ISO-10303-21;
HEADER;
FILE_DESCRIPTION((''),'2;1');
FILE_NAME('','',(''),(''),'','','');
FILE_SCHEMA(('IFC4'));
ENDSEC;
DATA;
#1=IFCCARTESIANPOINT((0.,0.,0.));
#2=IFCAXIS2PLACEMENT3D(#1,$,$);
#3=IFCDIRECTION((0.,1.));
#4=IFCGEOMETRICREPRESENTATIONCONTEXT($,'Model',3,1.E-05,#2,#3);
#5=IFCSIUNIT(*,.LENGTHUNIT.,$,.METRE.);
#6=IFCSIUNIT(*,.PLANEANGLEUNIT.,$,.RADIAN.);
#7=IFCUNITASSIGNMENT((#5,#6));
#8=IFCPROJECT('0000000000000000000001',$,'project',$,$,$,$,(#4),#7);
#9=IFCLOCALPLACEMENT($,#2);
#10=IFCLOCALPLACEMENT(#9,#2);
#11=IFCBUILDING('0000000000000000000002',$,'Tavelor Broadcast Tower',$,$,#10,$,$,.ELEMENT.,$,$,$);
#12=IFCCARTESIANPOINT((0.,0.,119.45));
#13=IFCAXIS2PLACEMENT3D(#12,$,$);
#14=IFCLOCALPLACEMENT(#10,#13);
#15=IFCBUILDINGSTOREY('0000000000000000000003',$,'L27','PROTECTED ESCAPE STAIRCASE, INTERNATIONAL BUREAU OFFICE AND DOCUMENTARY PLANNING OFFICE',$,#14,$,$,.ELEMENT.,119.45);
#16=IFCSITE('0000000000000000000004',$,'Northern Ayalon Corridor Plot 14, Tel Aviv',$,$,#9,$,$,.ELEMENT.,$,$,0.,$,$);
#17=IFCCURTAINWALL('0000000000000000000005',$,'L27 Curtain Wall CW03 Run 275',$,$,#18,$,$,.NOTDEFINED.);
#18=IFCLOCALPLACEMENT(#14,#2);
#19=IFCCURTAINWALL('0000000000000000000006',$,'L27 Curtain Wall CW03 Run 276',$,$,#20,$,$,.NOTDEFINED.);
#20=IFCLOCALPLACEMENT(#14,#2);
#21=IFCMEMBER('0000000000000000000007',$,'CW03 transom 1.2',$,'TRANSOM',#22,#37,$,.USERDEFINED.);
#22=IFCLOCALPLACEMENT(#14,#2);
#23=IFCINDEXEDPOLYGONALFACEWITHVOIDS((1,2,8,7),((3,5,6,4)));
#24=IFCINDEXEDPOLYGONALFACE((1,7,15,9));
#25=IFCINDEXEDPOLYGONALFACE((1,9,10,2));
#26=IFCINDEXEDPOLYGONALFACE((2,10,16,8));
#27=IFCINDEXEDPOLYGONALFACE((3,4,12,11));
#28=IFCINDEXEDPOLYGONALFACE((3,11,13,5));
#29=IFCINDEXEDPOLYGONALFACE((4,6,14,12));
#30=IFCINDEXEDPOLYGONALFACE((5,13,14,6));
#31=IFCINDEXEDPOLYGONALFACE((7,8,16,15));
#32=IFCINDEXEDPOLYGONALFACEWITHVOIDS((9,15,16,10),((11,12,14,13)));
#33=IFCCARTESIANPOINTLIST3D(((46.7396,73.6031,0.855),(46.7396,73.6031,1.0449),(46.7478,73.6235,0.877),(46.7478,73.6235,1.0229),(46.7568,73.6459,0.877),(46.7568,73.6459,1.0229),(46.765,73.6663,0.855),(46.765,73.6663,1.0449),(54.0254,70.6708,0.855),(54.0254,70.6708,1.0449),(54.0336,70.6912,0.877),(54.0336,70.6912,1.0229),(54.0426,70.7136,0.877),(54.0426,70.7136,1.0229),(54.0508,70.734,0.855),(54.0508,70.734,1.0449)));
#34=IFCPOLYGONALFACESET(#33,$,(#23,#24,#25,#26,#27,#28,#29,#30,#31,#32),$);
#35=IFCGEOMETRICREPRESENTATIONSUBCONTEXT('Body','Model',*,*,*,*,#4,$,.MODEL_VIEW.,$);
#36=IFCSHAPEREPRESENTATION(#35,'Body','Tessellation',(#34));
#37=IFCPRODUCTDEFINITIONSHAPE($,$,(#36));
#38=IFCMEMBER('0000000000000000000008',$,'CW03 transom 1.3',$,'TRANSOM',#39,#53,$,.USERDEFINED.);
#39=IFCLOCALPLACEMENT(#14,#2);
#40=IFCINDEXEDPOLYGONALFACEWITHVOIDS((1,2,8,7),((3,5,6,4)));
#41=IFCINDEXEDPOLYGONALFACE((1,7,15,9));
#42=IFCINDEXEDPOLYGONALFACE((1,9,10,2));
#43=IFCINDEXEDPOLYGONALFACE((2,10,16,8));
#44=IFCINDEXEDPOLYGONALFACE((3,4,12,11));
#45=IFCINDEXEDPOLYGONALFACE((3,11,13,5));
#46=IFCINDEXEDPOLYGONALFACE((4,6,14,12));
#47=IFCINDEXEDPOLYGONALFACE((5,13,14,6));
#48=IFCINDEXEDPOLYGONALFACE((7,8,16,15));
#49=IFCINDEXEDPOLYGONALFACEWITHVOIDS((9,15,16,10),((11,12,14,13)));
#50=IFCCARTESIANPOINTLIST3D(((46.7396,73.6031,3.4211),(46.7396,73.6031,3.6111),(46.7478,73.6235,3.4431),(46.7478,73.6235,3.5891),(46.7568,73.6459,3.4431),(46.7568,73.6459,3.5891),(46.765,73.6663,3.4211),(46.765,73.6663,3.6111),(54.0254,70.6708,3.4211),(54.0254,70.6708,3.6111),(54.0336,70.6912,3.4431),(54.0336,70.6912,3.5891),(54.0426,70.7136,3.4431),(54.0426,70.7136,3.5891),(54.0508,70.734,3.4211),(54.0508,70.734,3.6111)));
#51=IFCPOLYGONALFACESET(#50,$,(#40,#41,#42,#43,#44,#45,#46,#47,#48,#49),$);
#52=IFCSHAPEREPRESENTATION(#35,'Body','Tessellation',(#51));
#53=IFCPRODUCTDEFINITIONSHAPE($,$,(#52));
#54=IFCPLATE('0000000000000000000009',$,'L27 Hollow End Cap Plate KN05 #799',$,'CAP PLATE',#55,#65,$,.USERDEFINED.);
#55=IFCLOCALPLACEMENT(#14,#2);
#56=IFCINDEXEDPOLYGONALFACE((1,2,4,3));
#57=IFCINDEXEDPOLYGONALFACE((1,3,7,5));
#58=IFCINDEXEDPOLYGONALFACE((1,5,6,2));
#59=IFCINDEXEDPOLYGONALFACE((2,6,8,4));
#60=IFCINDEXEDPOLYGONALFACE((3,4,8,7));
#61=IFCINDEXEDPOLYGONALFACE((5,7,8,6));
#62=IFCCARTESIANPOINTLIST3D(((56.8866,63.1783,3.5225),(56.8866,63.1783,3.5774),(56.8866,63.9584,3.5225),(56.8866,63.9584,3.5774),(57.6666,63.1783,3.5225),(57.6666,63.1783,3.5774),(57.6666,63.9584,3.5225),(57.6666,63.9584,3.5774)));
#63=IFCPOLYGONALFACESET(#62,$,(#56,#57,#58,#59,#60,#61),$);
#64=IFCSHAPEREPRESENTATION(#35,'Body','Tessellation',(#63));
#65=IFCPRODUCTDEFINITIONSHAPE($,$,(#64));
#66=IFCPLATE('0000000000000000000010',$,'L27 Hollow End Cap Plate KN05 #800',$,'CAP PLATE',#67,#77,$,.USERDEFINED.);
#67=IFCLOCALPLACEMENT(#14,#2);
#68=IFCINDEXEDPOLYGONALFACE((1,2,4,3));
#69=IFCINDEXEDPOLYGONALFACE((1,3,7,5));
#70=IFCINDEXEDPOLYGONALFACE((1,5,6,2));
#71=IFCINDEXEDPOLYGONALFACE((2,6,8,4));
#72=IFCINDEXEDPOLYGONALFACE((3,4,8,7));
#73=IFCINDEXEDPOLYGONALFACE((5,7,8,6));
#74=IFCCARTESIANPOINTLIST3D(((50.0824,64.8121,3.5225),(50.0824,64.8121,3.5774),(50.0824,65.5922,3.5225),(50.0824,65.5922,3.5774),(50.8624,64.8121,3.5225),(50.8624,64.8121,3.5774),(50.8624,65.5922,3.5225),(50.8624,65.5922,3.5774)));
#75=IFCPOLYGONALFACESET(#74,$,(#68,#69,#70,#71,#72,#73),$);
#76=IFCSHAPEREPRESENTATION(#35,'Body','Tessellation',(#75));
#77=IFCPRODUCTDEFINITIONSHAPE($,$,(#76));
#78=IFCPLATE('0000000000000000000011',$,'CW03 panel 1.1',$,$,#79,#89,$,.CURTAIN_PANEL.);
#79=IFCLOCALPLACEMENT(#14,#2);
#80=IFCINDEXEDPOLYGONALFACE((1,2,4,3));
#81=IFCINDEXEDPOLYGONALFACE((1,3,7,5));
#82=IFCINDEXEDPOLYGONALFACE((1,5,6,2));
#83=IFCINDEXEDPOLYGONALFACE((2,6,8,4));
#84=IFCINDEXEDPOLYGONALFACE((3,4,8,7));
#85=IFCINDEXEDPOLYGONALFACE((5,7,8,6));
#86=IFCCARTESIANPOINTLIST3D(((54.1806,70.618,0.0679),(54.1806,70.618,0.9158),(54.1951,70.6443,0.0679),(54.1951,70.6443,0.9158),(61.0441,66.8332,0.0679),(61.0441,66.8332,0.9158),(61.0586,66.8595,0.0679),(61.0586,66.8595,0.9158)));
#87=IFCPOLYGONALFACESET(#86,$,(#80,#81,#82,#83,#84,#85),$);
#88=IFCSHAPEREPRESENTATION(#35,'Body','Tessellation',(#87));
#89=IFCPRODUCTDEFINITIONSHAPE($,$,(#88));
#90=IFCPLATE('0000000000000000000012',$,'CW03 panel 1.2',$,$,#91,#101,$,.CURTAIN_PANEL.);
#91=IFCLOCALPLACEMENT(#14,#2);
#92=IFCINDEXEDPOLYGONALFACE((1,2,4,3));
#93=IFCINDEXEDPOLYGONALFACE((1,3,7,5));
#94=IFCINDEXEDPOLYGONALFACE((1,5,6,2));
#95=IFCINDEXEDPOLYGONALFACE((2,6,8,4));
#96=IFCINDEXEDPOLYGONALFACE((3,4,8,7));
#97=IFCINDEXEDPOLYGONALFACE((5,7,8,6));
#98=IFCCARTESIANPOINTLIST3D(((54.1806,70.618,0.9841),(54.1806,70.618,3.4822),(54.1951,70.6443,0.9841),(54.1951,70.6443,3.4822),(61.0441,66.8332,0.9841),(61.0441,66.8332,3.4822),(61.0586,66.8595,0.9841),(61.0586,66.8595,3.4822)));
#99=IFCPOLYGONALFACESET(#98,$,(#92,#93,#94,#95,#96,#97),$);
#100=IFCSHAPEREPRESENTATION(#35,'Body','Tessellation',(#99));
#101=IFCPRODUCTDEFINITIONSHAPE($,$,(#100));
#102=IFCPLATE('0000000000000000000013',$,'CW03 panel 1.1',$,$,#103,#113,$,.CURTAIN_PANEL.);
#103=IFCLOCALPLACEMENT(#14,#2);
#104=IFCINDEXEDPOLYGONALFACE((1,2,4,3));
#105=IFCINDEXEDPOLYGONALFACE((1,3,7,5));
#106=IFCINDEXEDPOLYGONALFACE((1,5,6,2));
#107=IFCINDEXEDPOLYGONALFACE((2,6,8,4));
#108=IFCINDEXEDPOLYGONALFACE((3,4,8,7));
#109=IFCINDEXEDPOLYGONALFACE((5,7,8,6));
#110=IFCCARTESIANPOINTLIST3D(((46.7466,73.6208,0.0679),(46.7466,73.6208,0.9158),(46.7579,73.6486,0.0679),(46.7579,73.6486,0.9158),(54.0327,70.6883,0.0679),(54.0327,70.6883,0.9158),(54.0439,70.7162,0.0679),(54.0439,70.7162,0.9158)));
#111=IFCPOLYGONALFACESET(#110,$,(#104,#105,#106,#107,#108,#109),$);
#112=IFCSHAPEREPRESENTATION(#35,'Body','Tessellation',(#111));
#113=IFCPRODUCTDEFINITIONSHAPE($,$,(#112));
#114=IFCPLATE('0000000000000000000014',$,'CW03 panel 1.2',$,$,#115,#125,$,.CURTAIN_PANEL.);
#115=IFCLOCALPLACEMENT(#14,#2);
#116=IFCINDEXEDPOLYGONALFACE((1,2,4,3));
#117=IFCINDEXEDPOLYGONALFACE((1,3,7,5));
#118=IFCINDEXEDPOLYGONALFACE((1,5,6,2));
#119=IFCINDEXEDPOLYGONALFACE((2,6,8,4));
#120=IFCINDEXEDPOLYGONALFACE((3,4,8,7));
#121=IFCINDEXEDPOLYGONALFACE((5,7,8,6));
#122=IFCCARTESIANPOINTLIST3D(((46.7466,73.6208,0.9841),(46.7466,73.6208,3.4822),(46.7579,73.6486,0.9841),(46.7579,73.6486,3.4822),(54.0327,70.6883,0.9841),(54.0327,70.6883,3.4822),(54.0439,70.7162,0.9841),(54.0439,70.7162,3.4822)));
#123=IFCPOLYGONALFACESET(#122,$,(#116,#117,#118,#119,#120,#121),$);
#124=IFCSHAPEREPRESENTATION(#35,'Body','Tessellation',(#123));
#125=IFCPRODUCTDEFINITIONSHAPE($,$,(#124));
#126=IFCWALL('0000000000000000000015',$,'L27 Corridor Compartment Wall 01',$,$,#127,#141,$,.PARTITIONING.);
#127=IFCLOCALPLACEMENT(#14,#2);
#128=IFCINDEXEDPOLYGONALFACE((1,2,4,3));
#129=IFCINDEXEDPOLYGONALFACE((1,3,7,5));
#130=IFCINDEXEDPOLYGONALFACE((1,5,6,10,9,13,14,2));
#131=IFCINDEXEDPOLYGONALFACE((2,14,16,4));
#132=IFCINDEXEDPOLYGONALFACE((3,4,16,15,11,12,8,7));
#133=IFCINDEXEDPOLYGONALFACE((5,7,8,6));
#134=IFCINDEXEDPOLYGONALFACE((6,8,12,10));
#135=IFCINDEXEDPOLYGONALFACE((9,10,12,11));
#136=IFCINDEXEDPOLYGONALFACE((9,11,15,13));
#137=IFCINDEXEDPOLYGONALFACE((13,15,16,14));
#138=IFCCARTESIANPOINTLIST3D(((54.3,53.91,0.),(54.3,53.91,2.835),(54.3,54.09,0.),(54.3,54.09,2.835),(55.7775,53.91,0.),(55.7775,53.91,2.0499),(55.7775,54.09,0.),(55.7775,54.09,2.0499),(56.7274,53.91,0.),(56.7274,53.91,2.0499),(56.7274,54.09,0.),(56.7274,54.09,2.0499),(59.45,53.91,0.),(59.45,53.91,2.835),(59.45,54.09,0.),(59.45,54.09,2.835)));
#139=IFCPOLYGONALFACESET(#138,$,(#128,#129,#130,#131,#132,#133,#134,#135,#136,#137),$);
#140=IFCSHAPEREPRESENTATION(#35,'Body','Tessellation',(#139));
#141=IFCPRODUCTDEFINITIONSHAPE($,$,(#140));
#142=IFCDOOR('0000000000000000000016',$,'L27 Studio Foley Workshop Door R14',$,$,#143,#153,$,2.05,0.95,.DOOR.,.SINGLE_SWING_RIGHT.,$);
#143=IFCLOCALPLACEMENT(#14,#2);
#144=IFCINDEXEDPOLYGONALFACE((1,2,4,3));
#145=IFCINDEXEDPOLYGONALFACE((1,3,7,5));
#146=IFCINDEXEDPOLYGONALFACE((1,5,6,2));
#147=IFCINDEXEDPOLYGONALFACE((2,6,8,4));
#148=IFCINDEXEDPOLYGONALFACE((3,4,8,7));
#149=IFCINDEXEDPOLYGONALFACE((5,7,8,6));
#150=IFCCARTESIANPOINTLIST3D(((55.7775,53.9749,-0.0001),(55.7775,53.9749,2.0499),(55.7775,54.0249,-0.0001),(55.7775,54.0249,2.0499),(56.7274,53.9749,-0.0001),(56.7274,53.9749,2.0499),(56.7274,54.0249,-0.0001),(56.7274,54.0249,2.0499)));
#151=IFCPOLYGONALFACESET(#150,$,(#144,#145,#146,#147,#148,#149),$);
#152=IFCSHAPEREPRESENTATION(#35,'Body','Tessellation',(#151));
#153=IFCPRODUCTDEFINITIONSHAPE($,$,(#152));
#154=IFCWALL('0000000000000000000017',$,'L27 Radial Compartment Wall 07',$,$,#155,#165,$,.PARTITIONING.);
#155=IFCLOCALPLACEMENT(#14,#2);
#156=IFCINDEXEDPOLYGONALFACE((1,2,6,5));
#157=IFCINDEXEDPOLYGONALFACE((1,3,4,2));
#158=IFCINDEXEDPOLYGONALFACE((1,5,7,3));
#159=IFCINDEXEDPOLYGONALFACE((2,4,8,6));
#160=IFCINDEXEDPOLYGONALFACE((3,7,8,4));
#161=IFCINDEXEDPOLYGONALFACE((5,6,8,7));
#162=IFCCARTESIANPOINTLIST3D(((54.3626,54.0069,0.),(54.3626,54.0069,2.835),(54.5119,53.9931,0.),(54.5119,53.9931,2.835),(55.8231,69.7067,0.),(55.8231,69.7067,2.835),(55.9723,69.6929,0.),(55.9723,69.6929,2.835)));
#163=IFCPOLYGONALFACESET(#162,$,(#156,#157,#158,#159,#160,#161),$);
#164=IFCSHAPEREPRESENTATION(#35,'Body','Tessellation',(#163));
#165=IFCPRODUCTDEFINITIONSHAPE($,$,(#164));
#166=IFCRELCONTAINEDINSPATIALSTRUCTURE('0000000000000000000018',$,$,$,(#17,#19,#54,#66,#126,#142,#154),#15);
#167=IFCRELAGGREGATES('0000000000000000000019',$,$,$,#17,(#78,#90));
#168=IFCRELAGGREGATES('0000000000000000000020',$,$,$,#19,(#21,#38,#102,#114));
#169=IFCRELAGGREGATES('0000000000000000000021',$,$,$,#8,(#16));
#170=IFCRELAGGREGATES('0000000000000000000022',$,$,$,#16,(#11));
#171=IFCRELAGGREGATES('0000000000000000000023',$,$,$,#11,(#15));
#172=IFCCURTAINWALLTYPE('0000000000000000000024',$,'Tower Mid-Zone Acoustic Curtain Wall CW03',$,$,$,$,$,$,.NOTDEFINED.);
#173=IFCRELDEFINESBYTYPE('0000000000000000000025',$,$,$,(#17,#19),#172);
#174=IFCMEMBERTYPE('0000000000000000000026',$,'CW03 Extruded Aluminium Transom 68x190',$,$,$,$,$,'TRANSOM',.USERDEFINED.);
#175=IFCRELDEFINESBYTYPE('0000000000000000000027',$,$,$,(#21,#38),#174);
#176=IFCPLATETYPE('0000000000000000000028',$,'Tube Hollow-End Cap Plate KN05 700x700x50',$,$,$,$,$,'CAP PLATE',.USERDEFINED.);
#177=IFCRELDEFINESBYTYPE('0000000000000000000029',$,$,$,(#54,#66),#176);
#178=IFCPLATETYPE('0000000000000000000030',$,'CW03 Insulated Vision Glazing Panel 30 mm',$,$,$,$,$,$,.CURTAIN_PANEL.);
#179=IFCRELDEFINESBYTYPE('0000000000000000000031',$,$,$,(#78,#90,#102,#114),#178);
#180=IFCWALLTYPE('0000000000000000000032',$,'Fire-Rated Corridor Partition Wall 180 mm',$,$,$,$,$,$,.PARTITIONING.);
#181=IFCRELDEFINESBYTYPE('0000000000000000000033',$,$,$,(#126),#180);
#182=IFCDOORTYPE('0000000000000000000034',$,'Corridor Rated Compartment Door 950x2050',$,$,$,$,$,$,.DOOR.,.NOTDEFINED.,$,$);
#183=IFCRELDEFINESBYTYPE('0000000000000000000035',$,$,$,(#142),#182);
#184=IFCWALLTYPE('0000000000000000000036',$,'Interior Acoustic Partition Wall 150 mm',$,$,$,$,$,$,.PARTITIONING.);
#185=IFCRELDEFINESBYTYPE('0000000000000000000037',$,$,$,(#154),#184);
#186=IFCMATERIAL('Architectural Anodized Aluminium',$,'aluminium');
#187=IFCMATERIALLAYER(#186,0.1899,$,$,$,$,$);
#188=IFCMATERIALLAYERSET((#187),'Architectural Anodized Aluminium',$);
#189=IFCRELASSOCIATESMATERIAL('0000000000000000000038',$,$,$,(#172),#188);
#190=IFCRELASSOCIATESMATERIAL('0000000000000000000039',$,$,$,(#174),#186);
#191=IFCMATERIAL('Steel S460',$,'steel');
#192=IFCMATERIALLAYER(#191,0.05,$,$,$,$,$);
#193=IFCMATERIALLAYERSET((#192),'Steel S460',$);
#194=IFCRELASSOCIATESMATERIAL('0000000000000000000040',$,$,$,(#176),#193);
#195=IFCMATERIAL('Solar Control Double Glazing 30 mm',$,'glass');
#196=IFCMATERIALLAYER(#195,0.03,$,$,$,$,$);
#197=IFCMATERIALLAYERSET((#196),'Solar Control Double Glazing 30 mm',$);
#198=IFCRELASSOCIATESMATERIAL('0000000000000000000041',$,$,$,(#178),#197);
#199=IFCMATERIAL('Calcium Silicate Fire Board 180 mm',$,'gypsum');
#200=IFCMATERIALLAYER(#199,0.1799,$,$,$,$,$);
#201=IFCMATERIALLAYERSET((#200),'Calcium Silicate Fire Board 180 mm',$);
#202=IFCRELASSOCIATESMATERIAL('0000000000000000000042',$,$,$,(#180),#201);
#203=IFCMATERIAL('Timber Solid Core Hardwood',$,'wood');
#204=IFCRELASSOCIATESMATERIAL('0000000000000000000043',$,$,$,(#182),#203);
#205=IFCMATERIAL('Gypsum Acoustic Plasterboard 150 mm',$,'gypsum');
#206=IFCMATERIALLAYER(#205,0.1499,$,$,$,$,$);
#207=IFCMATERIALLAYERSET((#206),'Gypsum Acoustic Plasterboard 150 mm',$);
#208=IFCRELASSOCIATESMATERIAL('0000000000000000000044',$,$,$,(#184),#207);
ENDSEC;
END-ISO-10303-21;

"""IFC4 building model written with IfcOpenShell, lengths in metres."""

from ifc_helpers import new_model, si_unit, direction, frame, frame_2d, origin, origin_2d, place, context, subcontext, project, spatial, rectangle, hollow_rectangle, extrude, source, transform, mapped, material, layer, layer_set, material_profile, profile_set, type_object, type_shapes, element, fill, aggregate, save


model = new_model("IFC4")

# Units and contexts
model_context = context("Model", 3, precision=1e-05, world=origin(), true_north=direction((0.0, 1.0)))
body_context = subcontext(model_context, "Body", "Model", "MODEL_VIEW")
ifc_project = project(units=[si_unit("LENGTHUNIT", "METRE"), si_unit("PLANEANGLEUNIT", "RADIAN")], contexts=[model_context])

# Site, building, storey
site_placement = place(None, origin())
site = spatial("IfcSite", under=ifc_project, at=site_placement, Name="Northern Ayalon Corridor Plot 14, Tel Aviv", CompositionType="ELEMENT", RefElevation=0.0)
building_placement = place(site_placement, origin())
building = spatial("IfcBuilding", under=site, at=building_placement, Name="Tavelor Broadcast Tower", CompositionType="ELEMENT")
storey_placement = place(building_placement, frame((0.0, 0.0, 119.45)))
storey = spatial("IfcBuildingStorey", under=building, at=storey_placement, Name="L27", Description="PROTECTED ESCAPE STAIRCASE, INTERNATIONAL BUREAU OFFICE AND DOCUMENTARY PLANNING OFFICE", CompositionType="ELEMENT", Elevation=119.45)

# Shared definitions
ifc_material_1 = material(Name="Steel S460", Category="steel")

# Curtain wall
ifc_material_2 = material(Name="Architectural Anodized Aluminium", Category="aluminium")
ifc_layer_1 = layer(ifc_material_2, 0.1899)
ifc_layer_set_1 = layer_set([ifc_layer_1], Name="Architectural Anodized Aluminium")
curtain_wall_type = type_object("IfcCurtainWallType", Name="Tower Mid-Zone Acoustic Curtain Wall CW03", PredefinedType="NOTDEFINED", material=ifc_layer_set_1)
curtain_wall_1_placement = place(storey_placement, origin())
curtain_wall_1 = element("IfcCurtainWall", 1, at=curtain_wall_1_placement, inside=storey, type_object=curtain_wall_type, Name="L27 Curtain Wall CW03 Run 275", PredefinedType="NOTDEFINED")

# Curtain wall, members
curtain_wall_2_placement = place(storey_placement, origin())
curtain_wall_2 = element("IfcCurtainWall", 2, at=curtain_wall_2_placement, inside=storey, type_object=curtain_wall_type, Name="L27 Curtain Wall CW03 Run 276", PredefinedType="NOTDEFINED")
ifc_material_profile_1 = material_profile(ifc_material_2, hollow_rectangle(XDim=0.0681, YDim=0.1899, WallThickness=0.022, at=origin_2d()), Name="RHS 68x190x22")
ifc_profile_set_1 = profile_set([ifc_material_profile_1], Name="Architectural Anodized Aluminium")
member_type_1 = type_object("IfcMemberType", Name="CW03 Extruded Aluminium Transom 68x190", ElementType="TRANSOM", PredefinedType="USERDEFINED", material=ifc_profile_set_1)
shared_shape_1 = source(origin(), body_context, "Body", "SweptSolid", [
    extrude(hollow_rectangle(XDim=0.0681, YDim=0.1899, WallThickness=0.022, at=origin_2d()), origin(), (0.0, 0.0, 1.0), 7.8538),
])
type_shapes(member_type_1, [shared_shape_1])
member_1_placement = place(storey_placement, frame((54.0381, 70.7024, 0.95), z_axis=(-0.927684, 0.373368, 0.0), x_axis=(-0.373368, -0.927684, 0.0)))
member_1 = element("IfcMember", 3, at=member_1_placement, type_object=member_type_1, Name="CW03 transom 1.2", ObjectType="TRANSOM", PredefinedType="USERDEFINED", context=body_context, shape_type="MappedRepresentation", body=[
    mapped(shared_shape_1, transform((0.0, 0.0, 0.0), scale=1.0)),
])
member_2_placement = place(storey_placement, frame((54.0381, 70.7024, 3.5161), z_axis=(-0.927684, 0.373368, 0.0), x_axis=(-0.373368, -0.927684, 0.0)))
member_2 = element("IfcMember", 4, at=member_2_placement, type_object=member_type_1, Name="CW03 transom 1.3", ObjectType="TRANSOM", PredefinedType="USERDEFINED", context=body_context, shape_type="MappedRepresentation", body=[
    mapped(shared_shape_1, transform((0.0, 0.0, 0.0), scale=1.0)),
])

# Plates
ifc_layer_2 = layer(ifc_material_1, 0.05)
ifc_layer_set_2 = layer_set([ifc_layer_2], Name="Steel S460")
plate_type_1 = type_object("IfcPlateType", Name="Tube Hollow-End Cap Plate KN05 700x700x50", ElementType="CAP PLATE", PredefinedType="USERDEFINED", material=ifc_layer_set_2)
shared_shape_2 = source(origin(), body_context, "Body", "SweptSolid", [
    extrude(rectangle(XDim=0.78, YDim=0.78, at=origin_2d()), origin(), (0.0, 0.0, 1.0), 0.0549),
])
type_shapes(plate_type_1, [shared_shape_2])
for number, where, z_axis, x_axis, name in (
    (5, (57.2766, 63.5684, 3.5225), (0.0, 0.0, 1.0), (1.0, 0.0, 0.0), "L27 Hollow End Cap Plate KN05 #799"),
    (6, (50.4724, 65.2021, 3.5225), (0.0, 0.0, 1.0), (1.0, 0.0, 0.0), "L27 Hollow End Cap Plate KN05 #800"),
):
    element("IfcPlate", number, at=place(storey_placement, frame(where, z_axis=z_axis, x_axis=x_axis)), inside=storey, type_object=plate_type_1, Name=name, ObjectType="CAP PLATE", PredefinedType="USERDEFINED", context=body_context, shape_type="MappedRepresentation", body=[
        mapped(shared_shape_2, transform((0.0, 0.0, 0.0), scale=1.0)),
    ])

# Plates
ifc_material_3 = material(Name="Solar Control Double Glazing 30 mm", Category="glass")
ifc_layer_3 = layer(ifc_material_3, 0.03)
ifc_layer_set_3 = layer_set([ifc_layer_3], Name="Solar Control Double Glazing 30 mm")
plate_type_2 = type_object("IfcPlateType", Name="CW03 Insulated Vision Glazing Panel 30 mm", PredefinedType="CURTAIN_PANEL", material=ifc_layer_set_3)
shared_shape_3 = source(origin(), body_context, "Body", "SweptSolid", [
    extrude(rectangle(XDim=7.8379, YDim=0.03, at=origin_2d()), origin(), (0.0, 0.0, 1.0), 0.8479),
])
plate_1_placement = place(storey_placement, frame((57.6196, 68.7388, 0.0679), z_axis=(0.0, 0.0, 1.0), x_axis=(-0.875682, 0.482888, 0.0)))
plate_1 = element("IfcPlate", 7, at=plate_1_placement, type_object=plate_type_2, Name="CW03 panel 1.1", PredefinedType="CURTAIN_PANEL", context=body_context, shape_type="MappedRepresentation", body=[
    mapped(shared_shape_3, transform((0.0, 0.0, 0.0), scale=1.0)),
])
shared_shape_4 = source(origin(), body_context, "Body", "SweptSolid", [
    extrude(rectangle(XDim=7.8379, YDim=0.03, at=origin_2d()), origin(), (0.0, 0.0, 1.0), 2.498),
])
plate_2_placement = place(storey_placement, frame((57.6196, 68.7388, 0.9841), z_axis=(0.0, 0.0, 1.0), x_axis=(-0.875682, 0.482888, 0.0)))
plate_2 = element("IfcPlate", 8, at=plate_2_placement, type_object=plate_type_2, Name="CW03 panel 1.2", PredefinedType="CURTAIN_PANEL", context=body_context, shape_type="MappedRepresentation", body=[
    mapped(shared_shape_4, transform((0.0, 0.0, 0.0), scale=1.0)),
])
aggregate(curtain_wall_1, [plate_1, plate_2])
shared_shape_5 = source(origin(), body_context, "Body", "SweptSolid", [
    extrude(rectangle(XDim=7.854, YDim=0.03, at=origin_2d()), origin(), (0.0, 0.0, 1.0), 0.8479),
])
plate_3_placement = place(storey_placement, frame((50.3953, 72.1685, 0.0679), z_axis=(0.0, 0.0, 1.0), x_axis=(-0.927682, 0.373371, 0.0)))
plate_3 = element("IfcPlate", 9, at=plate_3_placement, type_object=plate_type_2, Name="CW03 panel 1.1", PredefinedType="CURTAIN_PANEL", context=body_context, shape_type="MappedRepresentation", body=[
    mapped(shared_shape_5, transform((0.0, 0.0, 0.0), scale=1.0)),
])
shared_shape_6 = source(origin(), body_context, "Body", "SweptSolid", [
    extrude(rectangle(XDim=7.854, YDim=0.03, at=origin_2d()), origin(), (0.0, 0.0, 1.0), 2.498),
])
type_shapes(plate_type_2, [shared_shape_3, shared_shape_4, shared_shape_5, shared_shape_6])
plate_4_placement = place(storey_placement, frame((50.3953, 72.1685, 0.9841), z_axis=(0.0, 0.0, 1.0), x_axis=(-0.927682, 0.373371, 0.0)))
plate_4 = element("IfcPlate", 10, at=plate_4_placement, type_object=plate_type_2, Name="CW03 panel 1.2", PredefinedType="CURTAIN_PANEL", context=body_context, shape_type="MappedRepresentation", body=[
    mapped(shared_shape_6, transform((0.0, 0.0, 0.0), scale=1.0)),
])
aggregate(curtain_wall_2, [member_1, member_2, plate_3, plate_4])

# Wall, opening, door
ifc_material_4 = material(Name="Calcium Silicate Fire Board 180 mm", Category="gypsum")
ifc_layer_4 = layer(ifc_material_4, 0.1799)
ifc_layer_set_4 = layer_set([ifc_layer_4], Name="Calcium Silicate Fire Board 180 mm")
wall_type_1 = type_object("IfcWallType", Name="Fire-Rated Corridor Partition Wall 180 mm", PredefinedType="PARTITIONING", material=ifc_layer_set_4)
wall_1_placement = place(storey_placement, frame((54.3, 54.0, 0.0), z_axis=(0.0, 0.0, 1.0), x_axis=(1.0, 0.0, 0.0)))
wall_1 = element("IfcWall", 11, at=wall_1_placement, inside=storey, type_object=wall_type_1, Name="L27 Corridor Compartment Wall 01", PredefinedType="PARTITIONING", context=body_context, shape_type="SweptSolid", body=[
    extrude(rectangle(XDim=5.1499, YDim=0.1799, at=frame_2d((2.575, 0.0))), origin(), (0.0, 0.0, 1.0), 2.835),
])
opening_1_placement = place(wall_1_placement, frame((1.4773, 0.0, 0.0)))
opening_1 = element("IfcOpeningElement", 12, at=opening_1_placement, cuts=wall_1, PredefinedType="OPENING", context=body_context, shape_type="SweptSolid", body=[
    extrude(rectangle(XDim=0.95, YDim=2.05, at=frame_2d((0.4751, 1.0249))), frame((0.0, 0.1001, 0.0), z_axis=(0.0, -1.0, 0.0), x_axis=(1.0, 0.0, 0.0)), (0.0, 0.0, 1.0), 0.2),
])
ifc_material_5 = material(Name="Timber Solid Core Hardwood", Category="wood")
door_type = type_object("IfcDoorType", Name="Corridor Rated Compartment Door 950x2050", OperationType="NOTDEFINED", PredefinedType="DOOR", material=ifc_material_5)
door_1_placement = place(opening_1_placement, origin())
door_1 = element("IfcDoor", 13, at=door_1_placement, inside=storey, type_object=door_type, Name="L27 Studio Foley Workshop Door R14", OperationType="SINGLE_SWING_RIGHT", OverallHeight=2.05, OverallWidth=0.95, PredefinedType="DOOR", context=body_context, shape_type="SweptSolid", body=[
    extrude(rectangle(XDim=0.95, YDim=2.05, at=frame_2d((0.4751, 1.0249))), frame((0.0, 0.0249, 0.0), z_axis=(0.0, -1.0, 0.0), x_axis=(1.0, 0.0, 0.0)), (0.0, 0.0, 1.0), 0.05),
])
fill(opening_1, door_1)

# Wall
ifc_material_6 = material(Name="Gypsum Acoustic Plasterboard 150 mm", Category="gypsum")
ifc_layer_5 = layer(ifc_material_6, 0.1499)
ifc_layer_set_5 = layer_set([ifc_layer_5], Name="Gypsum Acoustic Plasterboard 150 mm")
wall_type_2 = type_object("IfcWallType", Name="Interior Acoustic Partition Wall 150 mm", PredefinedType="PARTITIONING", material=ifc_layer_set_5)
wall_2_placement = place(storey_placement, frame((54.4373, 54.0, 0.0), z_axis=(0.0, 0.0, 1.0), x_axis=(0.092624, 0.995701, 0.0)))
element("IfcWall", 14, at=wall_2_placement, inside=storey, type_object=wall_type_2, Name="L27 Radial Compartment Wall 07", PredefinedType="PARTITIONING", context=body_context, shape_type="SweptSolid", body=[
    extrude(rectangle(XDim=15.7676, YDim=0.1499, at=frame_2d((7.8838, 0.0))), origin(), (0.0, 0.0, 1.0), 2.835),
])

save(model, "model.ifc")
